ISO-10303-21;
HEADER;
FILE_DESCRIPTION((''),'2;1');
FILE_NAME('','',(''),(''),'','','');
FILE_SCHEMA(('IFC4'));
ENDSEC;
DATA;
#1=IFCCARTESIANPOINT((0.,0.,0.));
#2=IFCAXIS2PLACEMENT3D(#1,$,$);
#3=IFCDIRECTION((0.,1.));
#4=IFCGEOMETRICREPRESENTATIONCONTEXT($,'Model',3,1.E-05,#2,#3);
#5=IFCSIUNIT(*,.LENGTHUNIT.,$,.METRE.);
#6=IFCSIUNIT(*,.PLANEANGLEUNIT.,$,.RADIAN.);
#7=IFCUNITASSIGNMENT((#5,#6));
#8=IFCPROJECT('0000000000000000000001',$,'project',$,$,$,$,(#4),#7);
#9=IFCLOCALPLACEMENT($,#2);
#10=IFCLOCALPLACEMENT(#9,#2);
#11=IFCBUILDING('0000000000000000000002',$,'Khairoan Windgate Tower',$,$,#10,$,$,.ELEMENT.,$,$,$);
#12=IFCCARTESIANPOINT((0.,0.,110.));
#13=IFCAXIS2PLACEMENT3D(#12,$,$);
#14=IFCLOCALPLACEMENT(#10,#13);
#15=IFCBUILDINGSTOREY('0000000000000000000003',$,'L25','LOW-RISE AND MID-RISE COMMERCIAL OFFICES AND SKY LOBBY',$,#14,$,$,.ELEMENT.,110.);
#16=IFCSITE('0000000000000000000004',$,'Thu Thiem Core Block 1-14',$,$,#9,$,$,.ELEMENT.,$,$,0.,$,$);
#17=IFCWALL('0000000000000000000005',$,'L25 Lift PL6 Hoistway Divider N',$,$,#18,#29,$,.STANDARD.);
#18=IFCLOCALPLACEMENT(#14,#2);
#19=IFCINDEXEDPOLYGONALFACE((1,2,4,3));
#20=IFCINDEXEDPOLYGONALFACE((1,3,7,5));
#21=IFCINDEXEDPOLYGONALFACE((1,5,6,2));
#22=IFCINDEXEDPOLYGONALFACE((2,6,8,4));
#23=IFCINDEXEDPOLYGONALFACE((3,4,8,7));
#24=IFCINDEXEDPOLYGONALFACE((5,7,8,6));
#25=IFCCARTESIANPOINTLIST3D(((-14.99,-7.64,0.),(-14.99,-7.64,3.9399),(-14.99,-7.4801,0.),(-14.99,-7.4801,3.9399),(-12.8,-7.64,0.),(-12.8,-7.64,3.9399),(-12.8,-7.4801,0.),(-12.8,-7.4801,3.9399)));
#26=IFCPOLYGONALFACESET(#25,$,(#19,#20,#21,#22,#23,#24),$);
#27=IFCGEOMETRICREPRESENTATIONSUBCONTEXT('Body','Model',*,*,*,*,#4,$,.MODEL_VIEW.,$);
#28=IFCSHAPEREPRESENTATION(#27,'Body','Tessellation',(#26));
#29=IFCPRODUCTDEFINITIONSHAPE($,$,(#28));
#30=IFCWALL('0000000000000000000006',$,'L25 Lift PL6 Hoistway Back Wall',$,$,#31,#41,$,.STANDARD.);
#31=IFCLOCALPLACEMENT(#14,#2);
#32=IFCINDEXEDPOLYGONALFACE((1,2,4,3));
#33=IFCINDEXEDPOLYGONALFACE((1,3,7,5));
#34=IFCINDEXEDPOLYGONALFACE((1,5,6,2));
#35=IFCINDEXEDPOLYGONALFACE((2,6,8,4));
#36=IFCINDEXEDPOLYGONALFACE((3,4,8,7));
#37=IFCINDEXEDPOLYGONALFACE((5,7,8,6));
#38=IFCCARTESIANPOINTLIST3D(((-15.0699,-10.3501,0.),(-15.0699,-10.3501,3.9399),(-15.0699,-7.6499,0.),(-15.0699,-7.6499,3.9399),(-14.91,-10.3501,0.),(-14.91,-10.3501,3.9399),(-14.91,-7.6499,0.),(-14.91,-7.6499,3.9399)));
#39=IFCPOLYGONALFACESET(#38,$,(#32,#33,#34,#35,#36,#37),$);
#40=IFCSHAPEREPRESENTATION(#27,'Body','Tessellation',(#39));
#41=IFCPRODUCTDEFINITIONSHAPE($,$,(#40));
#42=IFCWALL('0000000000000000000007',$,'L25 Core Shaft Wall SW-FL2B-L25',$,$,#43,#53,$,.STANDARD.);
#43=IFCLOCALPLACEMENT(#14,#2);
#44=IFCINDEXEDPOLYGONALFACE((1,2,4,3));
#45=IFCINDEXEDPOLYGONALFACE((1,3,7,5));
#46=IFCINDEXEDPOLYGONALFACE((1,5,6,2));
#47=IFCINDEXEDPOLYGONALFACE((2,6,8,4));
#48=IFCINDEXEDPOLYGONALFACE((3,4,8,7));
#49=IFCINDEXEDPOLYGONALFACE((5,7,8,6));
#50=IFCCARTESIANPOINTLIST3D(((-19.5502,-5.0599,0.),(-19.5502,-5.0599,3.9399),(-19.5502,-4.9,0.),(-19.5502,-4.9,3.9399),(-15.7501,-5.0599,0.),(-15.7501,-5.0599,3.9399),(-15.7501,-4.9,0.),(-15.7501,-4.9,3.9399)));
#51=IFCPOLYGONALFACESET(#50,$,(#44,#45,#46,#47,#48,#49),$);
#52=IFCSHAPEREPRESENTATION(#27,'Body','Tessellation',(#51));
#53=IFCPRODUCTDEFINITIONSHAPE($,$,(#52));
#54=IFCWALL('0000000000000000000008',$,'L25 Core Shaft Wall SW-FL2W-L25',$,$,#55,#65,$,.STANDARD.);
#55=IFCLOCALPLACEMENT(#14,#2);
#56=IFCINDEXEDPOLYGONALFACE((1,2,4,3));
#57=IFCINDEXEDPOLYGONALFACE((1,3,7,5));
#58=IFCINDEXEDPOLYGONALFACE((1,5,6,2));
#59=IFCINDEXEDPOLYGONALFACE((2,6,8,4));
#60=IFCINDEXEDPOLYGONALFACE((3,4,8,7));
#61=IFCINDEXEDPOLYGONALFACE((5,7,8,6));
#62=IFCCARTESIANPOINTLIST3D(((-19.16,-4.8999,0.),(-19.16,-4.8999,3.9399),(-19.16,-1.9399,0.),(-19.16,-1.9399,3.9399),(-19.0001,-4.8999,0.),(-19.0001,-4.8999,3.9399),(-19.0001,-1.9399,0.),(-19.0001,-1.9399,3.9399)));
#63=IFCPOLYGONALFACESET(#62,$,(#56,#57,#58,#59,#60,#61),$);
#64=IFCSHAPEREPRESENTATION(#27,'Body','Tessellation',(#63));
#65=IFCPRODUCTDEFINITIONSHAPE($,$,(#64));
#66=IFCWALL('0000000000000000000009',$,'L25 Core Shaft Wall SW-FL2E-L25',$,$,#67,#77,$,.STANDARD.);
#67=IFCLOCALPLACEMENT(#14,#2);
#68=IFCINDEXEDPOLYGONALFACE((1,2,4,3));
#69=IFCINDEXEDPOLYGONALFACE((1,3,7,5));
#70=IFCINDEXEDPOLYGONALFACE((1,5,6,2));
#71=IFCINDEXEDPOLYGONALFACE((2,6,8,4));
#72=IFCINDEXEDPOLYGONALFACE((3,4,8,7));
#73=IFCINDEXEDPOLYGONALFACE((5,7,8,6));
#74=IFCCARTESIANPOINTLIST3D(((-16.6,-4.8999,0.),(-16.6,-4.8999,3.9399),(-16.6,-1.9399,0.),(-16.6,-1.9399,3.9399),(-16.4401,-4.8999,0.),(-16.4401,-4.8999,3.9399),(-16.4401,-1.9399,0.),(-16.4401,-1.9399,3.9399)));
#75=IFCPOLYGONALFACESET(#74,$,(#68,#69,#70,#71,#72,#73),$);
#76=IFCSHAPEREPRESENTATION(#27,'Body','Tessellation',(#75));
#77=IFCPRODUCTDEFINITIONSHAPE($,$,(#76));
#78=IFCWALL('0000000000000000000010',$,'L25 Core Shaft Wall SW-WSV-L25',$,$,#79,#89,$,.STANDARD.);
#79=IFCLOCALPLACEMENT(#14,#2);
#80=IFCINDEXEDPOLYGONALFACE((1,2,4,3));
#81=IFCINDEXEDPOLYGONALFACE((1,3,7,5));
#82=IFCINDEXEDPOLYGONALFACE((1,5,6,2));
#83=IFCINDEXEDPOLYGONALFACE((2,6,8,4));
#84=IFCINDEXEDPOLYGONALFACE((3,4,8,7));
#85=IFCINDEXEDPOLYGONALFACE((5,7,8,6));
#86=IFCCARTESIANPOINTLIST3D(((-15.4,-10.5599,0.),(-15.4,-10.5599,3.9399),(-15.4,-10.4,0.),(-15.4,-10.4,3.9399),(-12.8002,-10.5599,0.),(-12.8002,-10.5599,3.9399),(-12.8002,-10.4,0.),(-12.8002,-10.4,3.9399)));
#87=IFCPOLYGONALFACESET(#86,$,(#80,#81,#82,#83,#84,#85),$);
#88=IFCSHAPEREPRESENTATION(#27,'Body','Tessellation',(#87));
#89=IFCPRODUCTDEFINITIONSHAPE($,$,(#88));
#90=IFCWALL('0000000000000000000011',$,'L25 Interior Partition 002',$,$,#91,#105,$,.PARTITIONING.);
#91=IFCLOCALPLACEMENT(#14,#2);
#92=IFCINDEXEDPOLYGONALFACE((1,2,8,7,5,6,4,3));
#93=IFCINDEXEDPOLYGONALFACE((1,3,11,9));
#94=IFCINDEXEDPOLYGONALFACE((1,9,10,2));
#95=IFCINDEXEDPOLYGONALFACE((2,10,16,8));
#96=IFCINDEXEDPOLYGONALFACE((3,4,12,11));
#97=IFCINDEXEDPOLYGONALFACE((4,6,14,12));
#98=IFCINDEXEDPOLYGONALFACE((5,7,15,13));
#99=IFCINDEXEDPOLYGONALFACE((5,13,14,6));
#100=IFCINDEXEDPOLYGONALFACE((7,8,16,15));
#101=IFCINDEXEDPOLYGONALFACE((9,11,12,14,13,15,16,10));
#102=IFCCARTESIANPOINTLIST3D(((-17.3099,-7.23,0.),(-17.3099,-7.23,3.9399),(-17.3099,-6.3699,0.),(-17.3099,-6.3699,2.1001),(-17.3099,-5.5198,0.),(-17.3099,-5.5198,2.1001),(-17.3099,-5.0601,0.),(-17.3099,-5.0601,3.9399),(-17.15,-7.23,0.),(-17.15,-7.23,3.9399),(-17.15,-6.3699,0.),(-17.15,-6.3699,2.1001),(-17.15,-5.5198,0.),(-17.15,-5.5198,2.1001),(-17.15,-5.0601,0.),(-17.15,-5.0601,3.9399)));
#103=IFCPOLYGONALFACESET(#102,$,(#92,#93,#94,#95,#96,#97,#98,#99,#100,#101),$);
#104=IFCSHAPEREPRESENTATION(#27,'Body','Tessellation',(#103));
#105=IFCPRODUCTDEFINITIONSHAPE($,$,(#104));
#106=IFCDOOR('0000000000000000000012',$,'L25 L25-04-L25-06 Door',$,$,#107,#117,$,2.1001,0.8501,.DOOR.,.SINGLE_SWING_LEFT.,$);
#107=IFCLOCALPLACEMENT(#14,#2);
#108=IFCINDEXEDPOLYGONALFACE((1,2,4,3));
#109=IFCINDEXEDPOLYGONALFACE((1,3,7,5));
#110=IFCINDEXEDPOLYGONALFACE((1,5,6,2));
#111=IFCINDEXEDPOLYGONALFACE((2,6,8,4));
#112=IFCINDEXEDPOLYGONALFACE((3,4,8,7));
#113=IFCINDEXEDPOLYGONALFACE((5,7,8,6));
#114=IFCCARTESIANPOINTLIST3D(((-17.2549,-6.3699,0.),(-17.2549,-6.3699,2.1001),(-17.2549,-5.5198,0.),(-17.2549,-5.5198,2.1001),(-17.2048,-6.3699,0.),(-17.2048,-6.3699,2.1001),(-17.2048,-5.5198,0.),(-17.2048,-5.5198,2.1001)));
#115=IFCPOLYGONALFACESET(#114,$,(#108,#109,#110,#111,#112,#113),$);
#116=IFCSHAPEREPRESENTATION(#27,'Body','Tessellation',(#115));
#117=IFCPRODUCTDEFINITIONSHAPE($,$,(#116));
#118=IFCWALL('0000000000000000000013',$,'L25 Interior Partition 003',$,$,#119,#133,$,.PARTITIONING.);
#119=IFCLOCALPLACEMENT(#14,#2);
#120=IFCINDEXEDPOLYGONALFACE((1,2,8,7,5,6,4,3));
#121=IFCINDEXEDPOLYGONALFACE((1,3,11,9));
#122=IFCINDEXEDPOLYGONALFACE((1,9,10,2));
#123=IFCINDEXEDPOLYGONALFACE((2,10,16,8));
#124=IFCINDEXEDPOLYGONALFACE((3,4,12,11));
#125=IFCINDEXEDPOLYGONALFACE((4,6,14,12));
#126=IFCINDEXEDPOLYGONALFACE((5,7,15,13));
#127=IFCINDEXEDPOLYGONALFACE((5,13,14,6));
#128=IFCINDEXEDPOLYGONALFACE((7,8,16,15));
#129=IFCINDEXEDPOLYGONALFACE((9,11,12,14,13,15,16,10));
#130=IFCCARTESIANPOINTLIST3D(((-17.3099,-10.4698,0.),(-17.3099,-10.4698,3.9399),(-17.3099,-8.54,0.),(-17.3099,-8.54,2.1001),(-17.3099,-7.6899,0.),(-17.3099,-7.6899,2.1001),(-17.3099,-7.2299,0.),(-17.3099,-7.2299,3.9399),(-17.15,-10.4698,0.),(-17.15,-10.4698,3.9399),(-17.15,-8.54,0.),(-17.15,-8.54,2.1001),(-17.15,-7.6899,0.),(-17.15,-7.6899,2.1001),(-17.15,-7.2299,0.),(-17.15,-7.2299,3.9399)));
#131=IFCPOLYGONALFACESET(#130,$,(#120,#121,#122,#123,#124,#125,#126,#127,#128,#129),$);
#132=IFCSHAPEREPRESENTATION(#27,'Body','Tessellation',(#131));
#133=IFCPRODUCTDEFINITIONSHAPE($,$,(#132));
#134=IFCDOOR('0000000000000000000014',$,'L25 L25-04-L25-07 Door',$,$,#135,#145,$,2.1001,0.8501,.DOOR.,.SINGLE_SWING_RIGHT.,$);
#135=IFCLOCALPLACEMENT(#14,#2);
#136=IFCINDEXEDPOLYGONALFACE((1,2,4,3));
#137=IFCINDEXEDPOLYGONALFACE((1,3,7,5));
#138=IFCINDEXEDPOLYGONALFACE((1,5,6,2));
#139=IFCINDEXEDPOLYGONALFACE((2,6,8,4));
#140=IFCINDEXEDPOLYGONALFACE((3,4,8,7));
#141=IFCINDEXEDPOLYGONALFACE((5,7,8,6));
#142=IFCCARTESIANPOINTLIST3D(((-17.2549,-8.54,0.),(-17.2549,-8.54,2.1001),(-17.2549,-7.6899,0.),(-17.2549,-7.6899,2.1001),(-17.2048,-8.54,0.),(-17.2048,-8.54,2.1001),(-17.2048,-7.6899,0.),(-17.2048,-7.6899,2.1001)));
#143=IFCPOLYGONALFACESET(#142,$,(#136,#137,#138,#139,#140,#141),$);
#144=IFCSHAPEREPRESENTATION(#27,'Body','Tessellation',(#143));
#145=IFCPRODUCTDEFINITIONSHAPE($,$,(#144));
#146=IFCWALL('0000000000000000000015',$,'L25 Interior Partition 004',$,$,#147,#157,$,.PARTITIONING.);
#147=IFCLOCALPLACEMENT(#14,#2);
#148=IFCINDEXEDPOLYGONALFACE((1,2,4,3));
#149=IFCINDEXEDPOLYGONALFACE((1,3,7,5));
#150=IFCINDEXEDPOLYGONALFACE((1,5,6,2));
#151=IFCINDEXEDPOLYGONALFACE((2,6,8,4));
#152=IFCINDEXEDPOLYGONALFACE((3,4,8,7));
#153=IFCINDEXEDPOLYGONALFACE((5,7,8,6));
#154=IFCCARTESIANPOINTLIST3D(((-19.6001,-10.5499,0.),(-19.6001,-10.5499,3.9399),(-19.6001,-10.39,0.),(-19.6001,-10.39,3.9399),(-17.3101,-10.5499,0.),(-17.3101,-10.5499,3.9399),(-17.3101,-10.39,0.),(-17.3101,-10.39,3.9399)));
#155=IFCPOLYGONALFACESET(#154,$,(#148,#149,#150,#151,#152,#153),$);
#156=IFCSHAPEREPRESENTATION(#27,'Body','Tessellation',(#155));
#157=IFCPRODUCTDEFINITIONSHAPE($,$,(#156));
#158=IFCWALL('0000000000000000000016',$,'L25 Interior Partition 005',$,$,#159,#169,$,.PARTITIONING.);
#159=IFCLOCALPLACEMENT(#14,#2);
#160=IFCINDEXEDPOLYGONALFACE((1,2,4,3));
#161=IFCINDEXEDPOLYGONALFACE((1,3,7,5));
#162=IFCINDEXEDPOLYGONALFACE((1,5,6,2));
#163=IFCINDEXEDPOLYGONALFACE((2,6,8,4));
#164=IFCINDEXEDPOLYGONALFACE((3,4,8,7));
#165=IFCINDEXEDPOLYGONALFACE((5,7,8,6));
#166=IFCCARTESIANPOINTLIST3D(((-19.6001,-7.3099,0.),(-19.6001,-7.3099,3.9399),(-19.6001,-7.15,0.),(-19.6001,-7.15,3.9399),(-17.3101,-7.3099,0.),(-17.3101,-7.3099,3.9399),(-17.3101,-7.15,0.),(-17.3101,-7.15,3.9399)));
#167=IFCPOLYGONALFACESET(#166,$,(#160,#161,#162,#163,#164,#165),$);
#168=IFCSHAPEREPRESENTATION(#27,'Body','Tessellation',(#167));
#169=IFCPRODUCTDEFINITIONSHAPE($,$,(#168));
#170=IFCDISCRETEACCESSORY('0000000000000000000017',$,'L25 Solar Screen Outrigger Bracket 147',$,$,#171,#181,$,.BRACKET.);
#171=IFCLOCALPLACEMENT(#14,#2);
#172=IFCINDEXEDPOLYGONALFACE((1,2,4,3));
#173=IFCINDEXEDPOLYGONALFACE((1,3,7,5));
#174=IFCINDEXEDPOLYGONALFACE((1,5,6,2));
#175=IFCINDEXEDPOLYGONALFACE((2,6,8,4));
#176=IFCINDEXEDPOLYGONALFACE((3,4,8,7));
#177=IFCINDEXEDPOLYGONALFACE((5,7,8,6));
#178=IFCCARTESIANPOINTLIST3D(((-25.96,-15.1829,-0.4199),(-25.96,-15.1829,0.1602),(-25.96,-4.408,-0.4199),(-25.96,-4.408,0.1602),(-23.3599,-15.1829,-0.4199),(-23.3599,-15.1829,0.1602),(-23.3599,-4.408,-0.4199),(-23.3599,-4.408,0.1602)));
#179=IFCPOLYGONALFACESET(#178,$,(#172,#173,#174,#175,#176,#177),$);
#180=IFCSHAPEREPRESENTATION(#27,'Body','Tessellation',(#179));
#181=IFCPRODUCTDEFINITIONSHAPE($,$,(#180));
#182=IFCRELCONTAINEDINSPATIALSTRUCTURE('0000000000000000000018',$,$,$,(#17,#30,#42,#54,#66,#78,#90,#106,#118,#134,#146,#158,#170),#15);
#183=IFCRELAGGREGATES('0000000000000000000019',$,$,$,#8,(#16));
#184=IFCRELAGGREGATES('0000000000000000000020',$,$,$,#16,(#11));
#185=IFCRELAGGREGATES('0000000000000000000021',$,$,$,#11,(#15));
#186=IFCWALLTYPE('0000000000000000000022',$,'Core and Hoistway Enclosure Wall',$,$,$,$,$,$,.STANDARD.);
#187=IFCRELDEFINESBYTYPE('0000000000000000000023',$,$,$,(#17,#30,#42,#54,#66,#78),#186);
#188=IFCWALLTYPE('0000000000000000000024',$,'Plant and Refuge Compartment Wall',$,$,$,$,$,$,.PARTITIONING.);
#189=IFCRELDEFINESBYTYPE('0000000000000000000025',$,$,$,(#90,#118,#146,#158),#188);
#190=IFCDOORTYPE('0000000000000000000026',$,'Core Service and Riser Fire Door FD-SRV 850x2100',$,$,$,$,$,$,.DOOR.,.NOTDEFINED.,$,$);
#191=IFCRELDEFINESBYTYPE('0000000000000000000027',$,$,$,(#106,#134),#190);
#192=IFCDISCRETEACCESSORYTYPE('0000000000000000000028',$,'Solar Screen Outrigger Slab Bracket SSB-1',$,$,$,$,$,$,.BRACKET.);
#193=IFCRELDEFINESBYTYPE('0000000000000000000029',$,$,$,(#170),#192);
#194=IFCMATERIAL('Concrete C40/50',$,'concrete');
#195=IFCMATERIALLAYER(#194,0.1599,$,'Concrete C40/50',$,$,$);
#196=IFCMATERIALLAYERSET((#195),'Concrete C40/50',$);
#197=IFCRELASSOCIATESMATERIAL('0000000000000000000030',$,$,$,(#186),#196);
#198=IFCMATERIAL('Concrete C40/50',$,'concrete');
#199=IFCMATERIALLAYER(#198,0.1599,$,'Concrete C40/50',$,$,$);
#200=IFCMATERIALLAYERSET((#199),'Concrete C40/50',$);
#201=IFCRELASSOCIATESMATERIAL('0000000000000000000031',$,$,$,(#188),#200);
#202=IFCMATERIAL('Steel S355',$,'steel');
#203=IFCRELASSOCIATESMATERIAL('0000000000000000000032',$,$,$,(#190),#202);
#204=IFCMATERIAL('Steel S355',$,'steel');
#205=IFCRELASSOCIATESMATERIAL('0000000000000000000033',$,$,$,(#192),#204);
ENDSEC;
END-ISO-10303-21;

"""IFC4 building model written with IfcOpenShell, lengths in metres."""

from ifc_helpers import new_model, si_unit, direction, frame, frame_2d, origin, origin_2d, place, context, subcontext, project, spatial, rectangle, extrude, material, layer, layer_set, type_object, element, fill, save


model = new_model("IFC4")

# Units and contexts
model_context = context("Model", 3, precision=1e-05, world=origin(), true_north=direction((0.0, 1.0)))
body_context = subcontext(model_context, "Body", "Model", "MODEL_VIEW")
ifc_project = project(units=[si_unit("LENGTHUNIT", "METRE"), si_unit("PLANEANGLEUNIT", "RADIAN")], contexts=[model_context])

# Site, building, storey
site_placement = place(None, origin())
site = spatial("IfcSite", under=ifc_project, at=site_placement, Name="Thu Thiem Core Block 1-14", CompositionType="ELEMENT", RefElevation=0.0)
building_placement = place(site_placement, origin())
building = spatial("IfcBuilding", under=site, at=building_placement, Name="Khairoan Windgate Tower", CompositionType="ELEMENT")
storey_placement = place(building_placement, frame((0.0, 0.0, 110.0)))
storey = spatial("IfcBuildingStorey", under=building, at=storey_placement, Name="L25", Description="LOW-RISE AND MID-RISE COMMERCIAL OFFICES AND SKY LOBBY", CompositionType="ELEMENT", Elevation=110.0)

# Walls
ifc_material_1 = material(Name="Concrete C40/50", Category="concrete")
ifc_layer_1 = layer(ifc_material_1, 0.1599, Name="Concrete C40/50")
ifc_layer_set_1 = layer_set([ifc_layer_1], Name="Concrete C40/50")
wall_type_1 = type_object("IfcWallType", Name="Core and Hoistway Enclosure Wall", PredefinedType="STANDARD", material=ifc_layer_set_1)
wall_1_placement = place(storey_placement, frame((-14.99, -7.5601, 0.0), z_axis=(0.0, 0.0, 1.0), x_axis=(1.0, 0.0, 0.0)))
element("IfcWall", 1, at=wall_1_placement, inside=storey, type_object=wall_type_1, Name="L25 Lift PL6 Hoistway Divider N", PredefinedType="STANDARD", context=body_context, shape_type="SweptSolid", body=[
    extrude(rectangle(XDim=2.1899, YDim=0.1599, at=frame_2d((1.095, 0.0))), origin(), (0.0, 0.0, 1.0), 3.9399),
])
wall_2_placement = place(storey_placement, frame((-14.99, -10.3501, 0.0), z_axis=(0.0, 0.0, 1.0), x_axis=(0.0, 1.0, 0.0)))
element("IfcWall", 2, at=wall_2_placement, inside=storey, type_object=wall_type_1, Name="L25 Lift PL6 Hoistway Back Wall", PredefinedType="STANDARD", context=body_context, shape_type="SweptSolid", body=[
    extrude(rectangle(XDim=2.7002, YDim=0.1599, at=frame_2d((1.3501, 0.0))), origin(), (0.0, 0.0, 1.0), 3.9399),
])
wall_3_placement = place(storey_placement, frame((-19.55, -4.98, 0.0), z_axis=(0.0, 0.0, 1.0), x_axis=(1.0, 0.0, 0.0)))
element("IfcWall", 3, at=wall_3_placement, inside=storey, type_object=wall_type_1, Name="L25 Core Shaft Wall SW-FL2B-L25", PredefinedType="STANDARD", context=body_context, shape_type="SweptSolid", body=[
    extrude(rectangle(XDim=3.8, YDim=0.1599, at=frame_2d((1.8999, 0.0))), origin(), (0.0, 0.0, 1.0), 3.9399),
])
for number, where, z_axis, x_axis, name in (
    (4, (-19.0801, -4.8999, 0.0), (0.0, 0.0, 1.0), (0.0, 1.0, 0.0), "L25 Core Shaft Wall SW-FL2W-L25"),
    (5, (-16.52, -4.8999, 0.0), (0.0, 0.0, 1.0), (0.0, 1.0, 0.0), "L25 Core Shaft Wall SW-FL2E-L25"),
):
    element("IfcWall", number, at=place(storey_placement, frame(where, z_axis=z_axis, x_axis=x_axis)), inside=storey, type_object=wall_type_1, Name=name, PredefinedType="STANDARD", context=body_context, shape_type="SweptSolid", body=[
        extrude(rectangle(XDim=2.96, YDim=0.1599, at=frame_2d((1.48, 0.0))), origin(), (0.0, 0.0, 1.0), 3.9399),
    ])
wall_4_placement = place(storey_placement, frame((-15.3999, -10.48, 0.0), z_axis=(0.0, 0.0, 1.0), x_axis=(1.0, 0.0, 0.0)))
element("IfcWall", 6, at=wall_4_placement, inside=storey, type_object=wall_type_1, Name="L25 Core Shaft Wall SW-WSV-L25", PredefinedType="STANDARD", context=body_context, shape_type="SweptSolid", body=[
    extrude(rectangle(XDim=2.5999, YDim=0.1599, at=frame_2d((1.2998, 0.0))), origin(), (0.0, 0.0, 1.0), 3.9399),
])

# Walls, openings, doors
ifc_material_2 = material(Name="Concrete C40/50", Category="concrete")
ifc_layer_2 = layer(ifc_material_2, 0.1599, Name="Concrete C40/50")
ifc_layer_set_2 = layer_set([ifc_layer_2], Name="Concrete C40/50")
wall_type_2 = type_object("IfcWallType", Name="Plant and Refuge Compartment Wall", PredefinedType="PARTITIONING", material=ifc_layer_set_2)
wall_5_placement = place(storey_placement, frame((-17.23, -7.23, 0.0), z_axis=(0.0, 0.0, 1.0), x_axis=(0.0, 1.0, 0.0)))
wall_5 = element("IfcWall", 7, at=wall_5_placement, inside=storey, type_object=wall_type_2, Name="L25 Interior Partition 002", PredefinedType="PARTITIONING", context=body_context, shape_type="SweptSolid", body=[
    extrude(rectangle(XDim=2.1699, YDim=0.1599, at=frame_2d((1.085, 0.0))), origin(), (0.0, 0.0, 1.0), 3.9399),
])
opening_1_placement = place(wall_5_placement, frame((0.8601, 0.0, 0.0)))
opening_1 = element("IfcOpeningElement", 8, at=opening_1_placement, cuts=wall_5, PredefinedType="OPENING", context=body_context, shape_type="SweptSolid", body=[
    extrude(rectangle(XDim=0.8501, YDim=2.1001, at=frame_2d((0.425, 1.05))), frame((0.0, 0.0898, 0.0), z_axis=(0.0, -1.0, 0.0), x_axis=(1.0, 0.0, 0.0)), (0.0, 0.0, 1.0), 0.1799),
])
ifc_material_3 = material(Name="Steel S355", Category="steel")
door_type = type_object("IfcDoorType", Name="Core Service and Riser Fire Door FD-SRV 850x2100", OperationType="NOTDEFINED", PredefinedType="DOOR", material=ifc_material_3)
door_1_placement = place(opening_1_placement, origin())
door_1 = element("IfcDoor", 9, at=door_1_placement, inside=storey, type_object=door_type, Name="L25 L25-04-L25-06 Door", OperationType="SINGLE_SWING_LEFT", OverallHeight=2.1001, OverallWidth=0.8501, PredefinedType="DOOR", context=body_context, shape_type="SweptSolid", body=[
    extrude(rectangle(XDim=0.8501, YDim=2.1001, at=frame_2d((0.425, 1.05))), frame((0.0, 0.0249, 0.0), z_axis=(0.0, -1.0, 0.0), x_axis=(1.0, 0.0, 0.0)), (0.0, 0.0, 1.0), 0.05),
])
fill(opening_1, door_1)
wall_6_placement = place(storey_placement, frame((-17.23, -10.47, 0.0), z_axis=(0.0, 0.0, 1.0), x_axis=(0.0, 1.0, 0.0)))
wall_6 = element("IfcWall", 10, at=wall_6_placement, inside=storey, type_object=wall_type_2, Name="L25 Interior Partition 003", PredefinedType="PARTITIONING", context=body_context, shape_type="SweptSolid", body=[
    extrude(rectangle(XDim=3.24, YDim=0.1599, at=frame_2d((1.6201, 0.0))), origin(), (0.0, 0.0, 1.0), 3.9399),
])
opening_2_placement = place(wall_6_placement, frame((1.9299, 0.0, 0.0)))
opening_2 = element("IfcOpeningElement", 11, at=opening_2_placement, cuts=wall_6, PredefinedType="OPENING", context=body_context, shape_type="SweptSolid", body=[
    extrude(rectangle(XDim=0.8501, YDim=2.1001, at=frame_2d((0.425, 1.05))), frame((0.0, 0.0898, 0.0), z_axis=(0.0, -1.0, 0.0), x_axis=(1.0, 0.0, 0.0)), (0.0, 0.0, 1.0), 0.1799),
])
door_2_placement = place(opening_2_placement, origin())
door_2 = element("IfcDoor", 12, at=door_2_placement, inside=storey, type_object=door_type, Name="L25 L25-04-L25-07 Door", OperationType="SINGLE_SWING_RIGHT", OverallHeight=2.1001, OverallWidth=0.8501, PredefinedType="DOOR", context=body_context, shape_type="SweptSolid", body=[
    extrude(rectangle(XDim=0.8501, YDim=2.1001, at=frame_2d((0.425, 1.05))), frame((0.0, 0.0249, 0.0), z_axis=(0.0, -1.0, 0.0), x_axis=(1.0, 0.0, 0.0)), (0.0, 0.0, 1.0), 0.05),
])
fill(opening_2, door_2)

# Walls
for number, where, z_axis, x_axis, name in (
    (13, (-19.6001, -10.47, 0.0), (0.0, 0.0, 1.0), (1.0, 0.0, 0.0), "L25 Interior Partition 004"),
    (14, (-19.6001, -7.23, 0.0), (0.0, 0.0, 1.0), (1.0, 0.0, 0.0), "L25 Interior Partition 005"),
):
    element("IfcWall", number, at=place(storey_placement, frame(where, z_axis=z_axis, x_axis=x_axis)), inside=storey, type_object=wall_type_2, Name=name, PredefinedType="PARTITIONING", context=body_context, shape_type="SweptSolid", body=[
        extrude(rectangle(XDim=2.29, YDim=0.1599, at=frame_2d((1.145, 0.0))), origin(), (0.0, 0.0, 1.0), 3.9399),
    ])

# Discrete accessory
ifc_material_4 = material(Name="Steel S355", Category="steel")
discrete_accessory_type = type_object("IfcDiscreteAccessoryType", Name="Solar Screen Outrigger Slab Bracket SSB-1", PredefinedType="BRACKET", material=ifc_material_4)
discrete_accessory_placement = place(storey_placement, frame((-24.6599, -9.7954, -0.4199), z_axis=(0.0, 0.0, 1.0), x_axis=(0.0, 1.0, 0.0)))
element("IfcDiscreteAccessory", 15, at=discrete_accessory_placement, inside=storey, type_object=discrete_accessory_type, Name="L25 Solar Screen Outrigger Bracket 147", PredefinedType="BRACKET", context=body_context, shape_type="SweptSolid", body=[
    extrude(rectangle(XDim=10.7749, YDim=2.6001, at=origin_2d()), origin(), (0.0, 0.0, 1.0), 0.5801),
])

save(model, "model.ifc")
